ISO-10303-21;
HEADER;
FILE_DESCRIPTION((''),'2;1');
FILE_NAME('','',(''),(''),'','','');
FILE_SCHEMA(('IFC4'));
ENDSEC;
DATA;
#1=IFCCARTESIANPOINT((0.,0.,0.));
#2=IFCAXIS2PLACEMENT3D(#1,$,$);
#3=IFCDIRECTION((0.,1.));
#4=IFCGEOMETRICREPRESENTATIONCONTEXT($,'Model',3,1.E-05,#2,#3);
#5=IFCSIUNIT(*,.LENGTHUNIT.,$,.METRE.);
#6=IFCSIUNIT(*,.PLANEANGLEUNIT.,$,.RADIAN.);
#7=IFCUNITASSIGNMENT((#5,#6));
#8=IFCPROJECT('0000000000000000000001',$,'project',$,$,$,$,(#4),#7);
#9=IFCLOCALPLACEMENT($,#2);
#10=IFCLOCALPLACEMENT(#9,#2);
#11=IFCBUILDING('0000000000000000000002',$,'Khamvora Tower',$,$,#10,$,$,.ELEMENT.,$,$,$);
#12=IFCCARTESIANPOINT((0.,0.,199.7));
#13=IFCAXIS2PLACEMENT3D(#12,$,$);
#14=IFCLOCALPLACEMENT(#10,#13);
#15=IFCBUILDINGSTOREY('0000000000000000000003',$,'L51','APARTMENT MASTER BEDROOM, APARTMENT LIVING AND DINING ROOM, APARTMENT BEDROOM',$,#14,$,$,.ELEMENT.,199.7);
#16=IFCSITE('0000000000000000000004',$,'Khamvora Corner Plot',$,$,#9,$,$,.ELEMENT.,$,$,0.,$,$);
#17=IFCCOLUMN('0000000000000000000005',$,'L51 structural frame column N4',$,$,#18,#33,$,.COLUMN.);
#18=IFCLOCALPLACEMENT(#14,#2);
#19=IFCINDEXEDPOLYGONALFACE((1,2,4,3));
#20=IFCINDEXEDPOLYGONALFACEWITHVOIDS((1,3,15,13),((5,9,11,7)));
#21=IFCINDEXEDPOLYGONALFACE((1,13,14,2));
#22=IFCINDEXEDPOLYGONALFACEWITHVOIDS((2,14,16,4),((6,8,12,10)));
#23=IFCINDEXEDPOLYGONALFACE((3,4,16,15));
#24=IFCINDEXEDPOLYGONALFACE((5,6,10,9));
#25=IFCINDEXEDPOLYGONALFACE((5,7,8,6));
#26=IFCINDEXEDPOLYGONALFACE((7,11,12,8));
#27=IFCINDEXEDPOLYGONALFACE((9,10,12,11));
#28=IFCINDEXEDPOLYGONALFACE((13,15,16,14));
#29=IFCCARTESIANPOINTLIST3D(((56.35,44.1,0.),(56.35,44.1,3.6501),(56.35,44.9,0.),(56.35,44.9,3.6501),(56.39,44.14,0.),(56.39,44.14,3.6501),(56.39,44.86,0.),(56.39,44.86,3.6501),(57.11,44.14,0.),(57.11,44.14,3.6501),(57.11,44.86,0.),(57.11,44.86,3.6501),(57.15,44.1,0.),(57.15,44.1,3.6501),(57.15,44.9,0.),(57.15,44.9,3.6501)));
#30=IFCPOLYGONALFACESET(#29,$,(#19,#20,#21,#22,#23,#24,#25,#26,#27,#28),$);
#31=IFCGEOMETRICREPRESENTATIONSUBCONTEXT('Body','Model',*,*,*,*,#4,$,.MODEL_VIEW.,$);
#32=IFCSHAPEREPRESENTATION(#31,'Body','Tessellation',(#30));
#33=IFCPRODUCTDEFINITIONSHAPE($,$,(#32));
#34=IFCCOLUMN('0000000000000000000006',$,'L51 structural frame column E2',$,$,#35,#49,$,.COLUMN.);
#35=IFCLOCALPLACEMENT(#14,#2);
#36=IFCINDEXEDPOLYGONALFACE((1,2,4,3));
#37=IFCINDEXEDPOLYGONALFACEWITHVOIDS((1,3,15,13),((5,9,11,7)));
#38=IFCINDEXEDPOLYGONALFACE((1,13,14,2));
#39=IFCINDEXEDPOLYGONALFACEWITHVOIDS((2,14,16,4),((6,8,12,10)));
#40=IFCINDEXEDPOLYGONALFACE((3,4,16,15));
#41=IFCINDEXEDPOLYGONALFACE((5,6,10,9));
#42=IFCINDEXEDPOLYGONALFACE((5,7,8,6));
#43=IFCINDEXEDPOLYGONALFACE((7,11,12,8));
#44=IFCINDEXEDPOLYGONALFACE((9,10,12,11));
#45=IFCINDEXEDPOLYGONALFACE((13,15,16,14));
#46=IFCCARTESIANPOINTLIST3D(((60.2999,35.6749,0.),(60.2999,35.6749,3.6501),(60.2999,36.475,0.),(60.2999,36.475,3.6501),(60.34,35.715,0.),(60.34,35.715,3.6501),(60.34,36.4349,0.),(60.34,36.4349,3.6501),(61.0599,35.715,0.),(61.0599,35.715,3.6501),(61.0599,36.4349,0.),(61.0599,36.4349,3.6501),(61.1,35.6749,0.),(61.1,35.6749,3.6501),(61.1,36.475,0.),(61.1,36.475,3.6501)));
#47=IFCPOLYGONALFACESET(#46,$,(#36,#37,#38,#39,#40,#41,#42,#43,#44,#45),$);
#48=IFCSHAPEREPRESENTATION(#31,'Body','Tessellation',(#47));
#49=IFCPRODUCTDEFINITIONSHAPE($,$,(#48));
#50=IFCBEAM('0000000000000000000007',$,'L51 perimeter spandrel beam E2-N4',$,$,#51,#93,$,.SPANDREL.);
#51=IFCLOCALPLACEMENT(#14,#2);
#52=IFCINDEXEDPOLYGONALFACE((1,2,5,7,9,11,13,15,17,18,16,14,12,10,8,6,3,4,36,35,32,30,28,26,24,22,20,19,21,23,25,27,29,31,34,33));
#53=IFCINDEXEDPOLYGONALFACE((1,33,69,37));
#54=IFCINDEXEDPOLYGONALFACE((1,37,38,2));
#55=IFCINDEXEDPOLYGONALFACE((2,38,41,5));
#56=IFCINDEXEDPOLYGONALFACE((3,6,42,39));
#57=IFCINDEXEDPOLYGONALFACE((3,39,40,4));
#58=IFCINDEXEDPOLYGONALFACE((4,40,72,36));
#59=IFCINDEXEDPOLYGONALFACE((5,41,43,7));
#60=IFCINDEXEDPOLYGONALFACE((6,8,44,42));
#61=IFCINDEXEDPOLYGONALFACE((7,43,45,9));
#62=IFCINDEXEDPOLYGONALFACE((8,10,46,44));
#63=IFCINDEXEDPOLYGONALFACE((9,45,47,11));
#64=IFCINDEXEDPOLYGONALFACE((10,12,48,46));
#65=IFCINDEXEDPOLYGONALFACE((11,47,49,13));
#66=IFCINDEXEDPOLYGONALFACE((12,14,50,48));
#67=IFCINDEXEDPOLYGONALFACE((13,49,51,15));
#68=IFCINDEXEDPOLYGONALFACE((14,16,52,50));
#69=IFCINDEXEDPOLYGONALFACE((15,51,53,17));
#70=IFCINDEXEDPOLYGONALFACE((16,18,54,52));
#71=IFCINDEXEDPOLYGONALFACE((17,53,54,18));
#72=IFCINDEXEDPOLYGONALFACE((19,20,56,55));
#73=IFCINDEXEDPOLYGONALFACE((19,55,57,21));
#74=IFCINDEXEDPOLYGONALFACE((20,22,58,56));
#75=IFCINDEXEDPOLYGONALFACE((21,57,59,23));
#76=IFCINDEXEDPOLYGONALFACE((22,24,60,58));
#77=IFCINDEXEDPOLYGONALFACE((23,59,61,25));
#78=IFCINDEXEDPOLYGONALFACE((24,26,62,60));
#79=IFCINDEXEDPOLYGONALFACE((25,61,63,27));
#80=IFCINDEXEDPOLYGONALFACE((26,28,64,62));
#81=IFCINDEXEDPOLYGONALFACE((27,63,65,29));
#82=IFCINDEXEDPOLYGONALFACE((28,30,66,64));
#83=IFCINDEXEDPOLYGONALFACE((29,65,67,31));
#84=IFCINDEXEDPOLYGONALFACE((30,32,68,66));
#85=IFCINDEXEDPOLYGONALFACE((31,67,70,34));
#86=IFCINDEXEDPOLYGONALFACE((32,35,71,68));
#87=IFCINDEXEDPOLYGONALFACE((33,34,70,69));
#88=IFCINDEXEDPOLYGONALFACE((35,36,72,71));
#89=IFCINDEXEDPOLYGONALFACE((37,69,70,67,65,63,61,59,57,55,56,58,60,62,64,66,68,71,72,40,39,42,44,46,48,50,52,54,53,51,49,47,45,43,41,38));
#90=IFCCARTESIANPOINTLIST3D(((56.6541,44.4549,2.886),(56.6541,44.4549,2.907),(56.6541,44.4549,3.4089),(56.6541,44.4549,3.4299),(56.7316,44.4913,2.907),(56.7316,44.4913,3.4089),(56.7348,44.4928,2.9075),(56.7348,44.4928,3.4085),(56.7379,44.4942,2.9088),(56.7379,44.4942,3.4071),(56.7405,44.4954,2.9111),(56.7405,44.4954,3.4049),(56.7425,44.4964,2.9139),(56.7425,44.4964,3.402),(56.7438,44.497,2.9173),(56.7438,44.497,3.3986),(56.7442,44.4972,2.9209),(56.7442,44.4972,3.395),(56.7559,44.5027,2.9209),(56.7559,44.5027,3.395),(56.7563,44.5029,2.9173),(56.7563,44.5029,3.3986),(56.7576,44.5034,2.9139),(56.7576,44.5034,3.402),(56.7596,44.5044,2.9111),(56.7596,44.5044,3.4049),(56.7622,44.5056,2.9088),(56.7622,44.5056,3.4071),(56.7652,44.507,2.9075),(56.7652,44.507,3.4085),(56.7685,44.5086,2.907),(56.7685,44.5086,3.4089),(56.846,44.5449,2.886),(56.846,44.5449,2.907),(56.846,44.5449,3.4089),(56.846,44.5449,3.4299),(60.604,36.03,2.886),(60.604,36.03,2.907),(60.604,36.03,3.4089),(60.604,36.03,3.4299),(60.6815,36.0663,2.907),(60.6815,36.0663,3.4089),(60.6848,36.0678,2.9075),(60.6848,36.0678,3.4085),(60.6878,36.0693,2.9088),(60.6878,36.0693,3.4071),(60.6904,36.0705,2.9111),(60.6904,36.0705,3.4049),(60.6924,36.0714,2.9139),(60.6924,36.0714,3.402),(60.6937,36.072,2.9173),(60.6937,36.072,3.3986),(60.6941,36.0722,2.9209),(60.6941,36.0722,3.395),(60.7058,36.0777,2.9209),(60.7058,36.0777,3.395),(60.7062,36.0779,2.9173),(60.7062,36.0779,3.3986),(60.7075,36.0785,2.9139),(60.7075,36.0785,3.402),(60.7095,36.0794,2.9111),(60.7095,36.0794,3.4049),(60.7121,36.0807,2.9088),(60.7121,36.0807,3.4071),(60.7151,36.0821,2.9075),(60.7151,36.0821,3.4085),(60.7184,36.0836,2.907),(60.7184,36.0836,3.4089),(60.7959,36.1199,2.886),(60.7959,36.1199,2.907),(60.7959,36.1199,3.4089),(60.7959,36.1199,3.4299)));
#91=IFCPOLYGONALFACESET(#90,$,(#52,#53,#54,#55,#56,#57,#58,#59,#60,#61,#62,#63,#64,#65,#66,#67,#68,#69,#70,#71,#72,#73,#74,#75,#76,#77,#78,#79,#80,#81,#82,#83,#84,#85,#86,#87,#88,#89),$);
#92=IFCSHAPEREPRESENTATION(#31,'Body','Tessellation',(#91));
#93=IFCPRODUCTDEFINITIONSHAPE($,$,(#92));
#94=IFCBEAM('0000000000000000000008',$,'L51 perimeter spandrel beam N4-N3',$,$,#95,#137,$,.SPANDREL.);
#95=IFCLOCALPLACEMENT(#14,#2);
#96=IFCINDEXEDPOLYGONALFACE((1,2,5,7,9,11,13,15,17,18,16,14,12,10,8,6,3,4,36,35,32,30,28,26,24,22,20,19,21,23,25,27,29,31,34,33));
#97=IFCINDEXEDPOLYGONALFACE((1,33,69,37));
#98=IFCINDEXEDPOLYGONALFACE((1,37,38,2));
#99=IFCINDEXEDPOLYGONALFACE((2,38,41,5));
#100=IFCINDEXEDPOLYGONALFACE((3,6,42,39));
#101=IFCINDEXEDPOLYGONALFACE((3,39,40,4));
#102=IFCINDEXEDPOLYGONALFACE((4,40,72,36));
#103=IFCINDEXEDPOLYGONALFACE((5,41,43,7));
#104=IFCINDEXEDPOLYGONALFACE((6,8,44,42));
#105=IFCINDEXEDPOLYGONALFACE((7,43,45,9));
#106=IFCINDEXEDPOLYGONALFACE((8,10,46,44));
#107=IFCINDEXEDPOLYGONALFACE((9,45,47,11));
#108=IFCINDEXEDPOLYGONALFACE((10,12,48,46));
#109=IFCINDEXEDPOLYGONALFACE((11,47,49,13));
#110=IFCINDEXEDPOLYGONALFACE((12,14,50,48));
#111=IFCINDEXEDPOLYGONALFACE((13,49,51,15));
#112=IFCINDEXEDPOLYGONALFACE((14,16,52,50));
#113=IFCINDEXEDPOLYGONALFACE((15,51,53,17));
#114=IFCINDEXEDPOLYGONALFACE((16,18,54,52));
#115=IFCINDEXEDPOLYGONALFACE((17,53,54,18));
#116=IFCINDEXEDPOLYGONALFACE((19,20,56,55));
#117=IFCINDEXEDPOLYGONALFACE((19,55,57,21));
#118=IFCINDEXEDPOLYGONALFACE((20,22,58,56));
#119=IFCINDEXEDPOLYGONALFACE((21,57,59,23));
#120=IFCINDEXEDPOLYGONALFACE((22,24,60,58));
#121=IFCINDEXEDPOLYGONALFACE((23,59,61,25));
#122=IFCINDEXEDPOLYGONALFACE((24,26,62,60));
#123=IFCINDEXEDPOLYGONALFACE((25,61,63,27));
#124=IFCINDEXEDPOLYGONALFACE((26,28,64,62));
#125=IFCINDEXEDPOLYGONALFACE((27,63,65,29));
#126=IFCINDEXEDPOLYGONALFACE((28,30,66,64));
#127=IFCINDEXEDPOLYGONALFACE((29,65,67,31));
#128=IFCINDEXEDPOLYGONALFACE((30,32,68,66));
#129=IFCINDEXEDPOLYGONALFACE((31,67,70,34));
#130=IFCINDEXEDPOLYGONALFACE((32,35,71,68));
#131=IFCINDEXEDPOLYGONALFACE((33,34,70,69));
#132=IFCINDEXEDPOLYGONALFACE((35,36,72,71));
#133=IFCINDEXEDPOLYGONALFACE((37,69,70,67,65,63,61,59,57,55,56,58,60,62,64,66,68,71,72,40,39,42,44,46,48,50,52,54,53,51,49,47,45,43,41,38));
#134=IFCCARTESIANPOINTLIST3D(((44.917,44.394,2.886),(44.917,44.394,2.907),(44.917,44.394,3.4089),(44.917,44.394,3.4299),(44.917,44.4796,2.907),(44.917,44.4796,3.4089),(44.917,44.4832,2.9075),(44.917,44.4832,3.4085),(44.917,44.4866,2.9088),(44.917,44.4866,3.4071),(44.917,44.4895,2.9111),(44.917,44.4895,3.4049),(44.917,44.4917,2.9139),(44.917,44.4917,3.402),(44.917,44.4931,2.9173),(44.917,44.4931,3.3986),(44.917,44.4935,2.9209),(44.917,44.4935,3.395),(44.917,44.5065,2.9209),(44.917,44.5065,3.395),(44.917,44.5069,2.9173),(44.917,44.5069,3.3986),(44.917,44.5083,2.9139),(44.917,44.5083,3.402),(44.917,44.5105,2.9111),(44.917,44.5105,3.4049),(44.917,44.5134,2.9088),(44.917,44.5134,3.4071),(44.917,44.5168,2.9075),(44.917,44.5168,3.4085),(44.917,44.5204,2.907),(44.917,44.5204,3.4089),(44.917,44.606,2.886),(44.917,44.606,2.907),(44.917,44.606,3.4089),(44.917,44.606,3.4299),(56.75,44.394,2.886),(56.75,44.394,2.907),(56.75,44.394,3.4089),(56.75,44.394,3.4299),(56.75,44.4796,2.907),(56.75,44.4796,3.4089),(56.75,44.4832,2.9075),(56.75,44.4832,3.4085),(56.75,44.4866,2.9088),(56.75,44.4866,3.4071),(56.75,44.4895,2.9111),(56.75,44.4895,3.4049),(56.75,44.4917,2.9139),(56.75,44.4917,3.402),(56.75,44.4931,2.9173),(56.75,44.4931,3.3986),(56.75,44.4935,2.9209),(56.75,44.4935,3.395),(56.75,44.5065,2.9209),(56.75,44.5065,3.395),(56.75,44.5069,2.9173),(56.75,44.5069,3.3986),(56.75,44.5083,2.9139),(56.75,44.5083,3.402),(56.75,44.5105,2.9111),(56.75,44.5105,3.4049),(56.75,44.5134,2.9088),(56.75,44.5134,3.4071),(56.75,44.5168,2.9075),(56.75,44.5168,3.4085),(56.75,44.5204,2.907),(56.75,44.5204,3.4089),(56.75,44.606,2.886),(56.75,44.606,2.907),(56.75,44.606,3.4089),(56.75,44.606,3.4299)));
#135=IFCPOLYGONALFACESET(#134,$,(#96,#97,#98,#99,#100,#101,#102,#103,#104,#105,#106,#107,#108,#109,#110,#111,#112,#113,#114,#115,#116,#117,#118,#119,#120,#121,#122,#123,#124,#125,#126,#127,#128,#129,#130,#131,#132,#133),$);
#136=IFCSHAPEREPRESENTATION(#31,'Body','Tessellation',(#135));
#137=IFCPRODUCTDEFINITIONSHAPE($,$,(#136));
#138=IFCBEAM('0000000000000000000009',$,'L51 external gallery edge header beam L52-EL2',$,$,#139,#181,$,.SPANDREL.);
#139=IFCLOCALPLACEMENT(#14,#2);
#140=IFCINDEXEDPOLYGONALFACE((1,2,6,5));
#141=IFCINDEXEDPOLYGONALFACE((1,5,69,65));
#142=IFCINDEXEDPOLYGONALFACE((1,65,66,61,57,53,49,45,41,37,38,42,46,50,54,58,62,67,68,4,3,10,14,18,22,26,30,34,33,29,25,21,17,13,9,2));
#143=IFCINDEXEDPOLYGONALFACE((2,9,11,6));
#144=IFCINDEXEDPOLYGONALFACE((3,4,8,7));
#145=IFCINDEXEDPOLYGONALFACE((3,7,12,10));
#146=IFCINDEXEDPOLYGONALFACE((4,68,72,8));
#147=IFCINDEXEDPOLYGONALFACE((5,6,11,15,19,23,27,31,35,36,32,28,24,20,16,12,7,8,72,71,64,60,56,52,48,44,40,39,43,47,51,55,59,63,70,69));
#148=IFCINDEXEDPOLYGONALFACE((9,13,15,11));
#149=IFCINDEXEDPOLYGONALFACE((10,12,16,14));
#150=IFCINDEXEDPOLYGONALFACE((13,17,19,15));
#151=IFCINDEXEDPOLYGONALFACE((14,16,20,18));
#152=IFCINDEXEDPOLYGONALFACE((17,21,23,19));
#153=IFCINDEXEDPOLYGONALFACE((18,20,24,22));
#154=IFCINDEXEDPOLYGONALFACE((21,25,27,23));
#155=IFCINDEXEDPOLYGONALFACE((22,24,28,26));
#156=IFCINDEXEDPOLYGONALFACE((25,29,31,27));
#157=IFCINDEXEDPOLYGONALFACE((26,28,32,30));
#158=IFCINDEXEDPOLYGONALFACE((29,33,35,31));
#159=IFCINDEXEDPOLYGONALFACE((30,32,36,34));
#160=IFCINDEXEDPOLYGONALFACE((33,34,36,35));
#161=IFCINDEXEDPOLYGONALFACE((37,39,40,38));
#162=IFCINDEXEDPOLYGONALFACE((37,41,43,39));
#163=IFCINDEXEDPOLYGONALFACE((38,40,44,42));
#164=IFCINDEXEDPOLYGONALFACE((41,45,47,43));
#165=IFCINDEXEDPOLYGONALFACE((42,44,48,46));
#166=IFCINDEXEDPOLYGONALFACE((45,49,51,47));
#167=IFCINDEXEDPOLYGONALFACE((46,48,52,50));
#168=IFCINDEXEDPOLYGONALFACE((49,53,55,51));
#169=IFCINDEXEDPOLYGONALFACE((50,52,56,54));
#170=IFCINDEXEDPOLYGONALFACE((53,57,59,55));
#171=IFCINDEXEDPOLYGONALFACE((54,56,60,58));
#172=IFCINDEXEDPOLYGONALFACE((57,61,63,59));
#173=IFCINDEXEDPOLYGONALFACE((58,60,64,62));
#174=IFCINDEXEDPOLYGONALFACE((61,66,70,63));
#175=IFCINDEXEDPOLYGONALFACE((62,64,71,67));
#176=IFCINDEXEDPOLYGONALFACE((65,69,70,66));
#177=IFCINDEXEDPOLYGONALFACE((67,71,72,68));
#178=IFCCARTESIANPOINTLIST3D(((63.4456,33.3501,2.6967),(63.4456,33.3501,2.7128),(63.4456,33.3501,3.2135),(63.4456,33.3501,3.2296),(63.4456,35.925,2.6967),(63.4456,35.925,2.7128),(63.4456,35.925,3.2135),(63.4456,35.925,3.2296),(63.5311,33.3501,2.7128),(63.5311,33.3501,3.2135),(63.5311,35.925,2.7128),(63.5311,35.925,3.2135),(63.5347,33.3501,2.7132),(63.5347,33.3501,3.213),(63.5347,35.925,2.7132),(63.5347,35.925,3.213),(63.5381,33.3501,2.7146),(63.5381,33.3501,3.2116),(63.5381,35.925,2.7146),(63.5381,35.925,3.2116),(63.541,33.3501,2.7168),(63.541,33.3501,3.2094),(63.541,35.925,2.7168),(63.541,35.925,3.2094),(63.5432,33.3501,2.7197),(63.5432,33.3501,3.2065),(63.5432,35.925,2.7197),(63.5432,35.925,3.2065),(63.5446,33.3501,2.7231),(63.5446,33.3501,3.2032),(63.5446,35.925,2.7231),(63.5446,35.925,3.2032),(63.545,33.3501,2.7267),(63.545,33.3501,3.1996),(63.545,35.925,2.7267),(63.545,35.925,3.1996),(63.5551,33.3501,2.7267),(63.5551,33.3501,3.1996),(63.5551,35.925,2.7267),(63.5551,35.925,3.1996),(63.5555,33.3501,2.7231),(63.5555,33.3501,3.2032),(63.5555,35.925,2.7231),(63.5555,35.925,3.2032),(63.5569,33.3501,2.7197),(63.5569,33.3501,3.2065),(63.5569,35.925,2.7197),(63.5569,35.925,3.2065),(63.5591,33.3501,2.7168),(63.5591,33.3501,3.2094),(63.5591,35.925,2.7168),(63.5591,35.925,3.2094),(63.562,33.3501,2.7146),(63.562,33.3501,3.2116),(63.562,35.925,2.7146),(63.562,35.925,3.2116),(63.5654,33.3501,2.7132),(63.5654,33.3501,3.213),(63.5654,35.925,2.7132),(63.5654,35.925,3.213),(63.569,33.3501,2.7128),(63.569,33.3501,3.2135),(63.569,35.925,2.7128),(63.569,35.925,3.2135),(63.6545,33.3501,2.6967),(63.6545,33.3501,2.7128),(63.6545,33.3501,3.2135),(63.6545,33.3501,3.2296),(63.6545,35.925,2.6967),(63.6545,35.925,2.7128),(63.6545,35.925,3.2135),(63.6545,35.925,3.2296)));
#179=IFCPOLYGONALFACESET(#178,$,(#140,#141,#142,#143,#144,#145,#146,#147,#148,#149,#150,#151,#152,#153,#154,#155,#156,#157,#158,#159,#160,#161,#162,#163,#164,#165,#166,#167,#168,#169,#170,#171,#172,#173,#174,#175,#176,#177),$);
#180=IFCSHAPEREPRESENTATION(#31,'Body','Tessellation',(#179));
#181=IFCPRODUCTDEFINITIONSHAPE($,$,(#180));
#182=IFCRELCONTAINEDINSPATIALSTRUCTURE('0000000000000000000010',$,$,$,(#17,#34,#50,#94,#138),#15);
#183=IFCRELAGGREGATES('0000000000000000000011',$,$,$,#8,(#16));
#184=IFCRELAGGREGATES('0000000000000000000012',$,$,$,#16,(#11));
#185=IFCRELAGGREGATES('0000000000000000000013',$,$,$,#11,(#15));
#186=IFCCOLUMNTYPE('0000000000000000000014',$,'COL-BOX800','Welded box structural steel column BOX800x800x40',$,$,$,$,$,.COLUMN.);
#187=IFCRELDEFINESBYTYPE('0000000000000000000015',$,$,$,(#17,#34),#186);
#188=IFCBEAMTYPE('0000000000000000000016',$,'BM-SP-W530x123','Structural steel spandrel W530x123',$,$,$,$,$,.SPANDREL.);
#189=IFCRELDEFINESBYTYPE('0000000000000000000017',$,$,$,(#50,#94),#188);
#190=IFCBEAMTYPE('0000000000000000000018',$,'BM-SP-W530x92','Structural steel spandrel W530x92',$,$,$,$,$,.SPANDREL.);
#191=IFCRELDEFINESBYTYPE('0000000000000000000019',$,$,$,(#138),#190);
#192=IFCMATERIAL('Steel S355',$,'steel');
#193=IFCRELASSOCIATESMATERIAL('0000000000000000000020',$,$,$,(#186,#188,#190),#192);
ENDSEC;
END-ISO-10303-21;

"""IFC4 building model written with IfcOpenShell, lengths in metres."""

from ifc_helpers import new_model, si_unit, direction, frame, origin, origin_2d, place, context, subcontext, project, spatial, hollow_rectangle, i_section, extrude, material, material_profile, profile_set, type_object, element, save


model = new_model("IFC4")

# Units and contexts
model_context = context("Model", 3, precision=1e-05, world=origin(), true_north=direction((0.0, 1.0)))
body_context = subcontext(model_context, "Body", "Model", "MODEL_VIEW")
ifc_project = project(units=[si_unit("LENGTHUNIT", "METRE"), si_unit("PLANEANGLEUNIT", "RADIAN")], contexts=[model_context])

# Site, building, storey
site_placement = place(None, origin())
site = spatial("IfcSite", under=ifc_project, at=site_placement, Name="Khamvora Corner Plot", CompositionType="ELEMENT", RefElevation=0.0)
building_placement = place(site_placement, origin())
building = spatial("IfcBuilding", under=site, at=building_placement, Name="Khamvora Tower", CompositionType="ELEMENT")
storey_placement = place(building_placement, frame((0.0, 0.0, 199.7)))
storey = spatial("IfcBuildingStorey", under=building, at=storey_placement, Name="L51", Description="APARTMENT MASTER BEDROOM, APARTMENT LIVING AND DINING ROOM, APARTMENT BEDROOM", CompositionType="ELEMENT", Elevation=199.7)

# Columns
ifc_material_1 = material(Name="Steel S355", Category="steel")
ifc_material_profile_1 = material_profile(ifc_material_1, hollow_rectangle(XDim=0.8, YDim=0.8, WallThickness=0.04, at=origin_2d()), Name="BOX800x800x40")
ifc_profile_set_1 = profile_set([ifc_material_profile_1], Name="Steel S355")
column_type = type_object("IfcColumnType", Name="COL-BOX800", Description="Welded box structural steel column BOX800x800x40", PredefinedType="COLUMN", material=ifc_profile_set_1)
for number, where, z_axis, x_axis, name in (
    (1, (56.75, 44.5, 0.0), (0.0, 0.0, 1.0), (1.0, 0.0, 0.0), "L51 structural frame column N4"),
    (2, (60.7, 36.075, 0.0), (0.0, 0.0, 1.0), (1.0, 0.0, 0.0), "L51 structural frame column E2"),
):
    element("IfcColumn", number, at=place(storey_placement, frame(where, z_axis=z_axis, x_axis=x_axis)), inside=storey, type_object=column_type, Name=name, PredefinedType="COLUMN", context=body_context, shape_type="SweptSolid", body=[
        extrude(hollow_rectangle(XDim=0.8, YDim=0.8, WallThickness=0.04, at=origin_2d()), origin(), (0.0, 0.0, 1.0), 3.6501),
    ])

# Beams
ifc_material_profile_2 = material_profile(ifc_material_1, i_section(OverallWidth=0.2119, OverallDepth=0.5439, WebThickness=0.0129, FlangeThickness=0.021, FilletRadius=0.0139, at=origin_2d()), Name="W530x123")
ifc_profile_set_2 = profile_set([ifc_material_profile_2], Name="Steel S355")
beam_type_1 = type_object("IfcBeamType", Name="BM-SP-W530x123", Description="Structural steel spandrel W530x123", PredefinedType="SPANDREL", material=ifc_profile_set_2)
beam_1_placement = place(storey_placement, frame((60.7, 36.075, 3.158), z_axis=(-0.424496, 0.90543, 0.0), x_axis=(-0.90543, -0.424496, 0.0)))
element("IfcBeam", 3, at=beam_1_placement, inside=storey, type_object=beam_type_1, Name="L51 perimeter spandrel beam E2-N4", PredefinedType="SPANDREL", context=body_context, shape_type="SweptSolid", body=[
    extrude(i_section(OverallWidth=0.2119, OverallDepth=0.5439, WebThickness=0.0129, FlangeThickness=0.021, FilletRadius=0.0139, at=origin_2d()), origin(), (0.0, 0.0, 1.0), 9.3049),
])
beam_2_placement = place(storey_placement, frame((56.75, 44.5, 3.158), z_axis=(-1.0, 0.0, 0.0), x_axis=(0.0, -1.0, 0.0)))
element("IfcBeam", 4, at=beam_2_placement, inside=storey, type_object=beam_type_1, Name="L51 perimeter spandrel beam N4-N3", PredefinedType="SPANDREL", context=body_context, shape_type="SweptSolid", body=[
    extrude(i_section(OverallWidth=0.2119, OverallDepth=0.5439, WebThickness=0.0129, FlangeThickness=0.021, FilletRadius=0.0139, at=origin_2d()), origin(), (0.0, 0.0, 1.0), 11.833),
])
ifc_material_profile_3 = material_profile(ifc_material_1, i_section(OverallWidth=0.209, OverallDepth=0.533, WebThickness=0.01, FlangeThickness=0.0161, FilletRadius=0.0139, at=origin_2d()), Name="W530x92")
ifc_profile_set_3 = profile_set([ifc_material_profile_3], Name="Steel S355")
beam_type_2 = type_object("IfcBeamType", Name="BM-SP-W530x92", Description="Structural steel spandrel W530x92", PredefinedType="SPANDREL", material=ifc_profile_set_3)
beam_3_placement = place(storey_placement, frame((63.55, 33.3501, 2.9631), z_axis=(0.0, 1.0, 0.0), x_axis=(-1.0, 0.0, 0.0)))
element("IfcBeam", 5, at=beam_3_placement, inside=storey, type_object=beam_type_2, Name="L51 external gallery edge header beam L52-EL2", PredefinedType="SPANDREL", context=body_context, shape_type="SweptSolid", body=[
    extrude(i_section(OverallWidth=0.209, OverallDepth=0.533, WebThickness=0.01, FlangeThickness=0.0161, FilletRadius=0.0139, at=origin_2d()), origin(), (0.0, 0.0, 1.0), 2.575),
])

save(model, "model.ifc")
